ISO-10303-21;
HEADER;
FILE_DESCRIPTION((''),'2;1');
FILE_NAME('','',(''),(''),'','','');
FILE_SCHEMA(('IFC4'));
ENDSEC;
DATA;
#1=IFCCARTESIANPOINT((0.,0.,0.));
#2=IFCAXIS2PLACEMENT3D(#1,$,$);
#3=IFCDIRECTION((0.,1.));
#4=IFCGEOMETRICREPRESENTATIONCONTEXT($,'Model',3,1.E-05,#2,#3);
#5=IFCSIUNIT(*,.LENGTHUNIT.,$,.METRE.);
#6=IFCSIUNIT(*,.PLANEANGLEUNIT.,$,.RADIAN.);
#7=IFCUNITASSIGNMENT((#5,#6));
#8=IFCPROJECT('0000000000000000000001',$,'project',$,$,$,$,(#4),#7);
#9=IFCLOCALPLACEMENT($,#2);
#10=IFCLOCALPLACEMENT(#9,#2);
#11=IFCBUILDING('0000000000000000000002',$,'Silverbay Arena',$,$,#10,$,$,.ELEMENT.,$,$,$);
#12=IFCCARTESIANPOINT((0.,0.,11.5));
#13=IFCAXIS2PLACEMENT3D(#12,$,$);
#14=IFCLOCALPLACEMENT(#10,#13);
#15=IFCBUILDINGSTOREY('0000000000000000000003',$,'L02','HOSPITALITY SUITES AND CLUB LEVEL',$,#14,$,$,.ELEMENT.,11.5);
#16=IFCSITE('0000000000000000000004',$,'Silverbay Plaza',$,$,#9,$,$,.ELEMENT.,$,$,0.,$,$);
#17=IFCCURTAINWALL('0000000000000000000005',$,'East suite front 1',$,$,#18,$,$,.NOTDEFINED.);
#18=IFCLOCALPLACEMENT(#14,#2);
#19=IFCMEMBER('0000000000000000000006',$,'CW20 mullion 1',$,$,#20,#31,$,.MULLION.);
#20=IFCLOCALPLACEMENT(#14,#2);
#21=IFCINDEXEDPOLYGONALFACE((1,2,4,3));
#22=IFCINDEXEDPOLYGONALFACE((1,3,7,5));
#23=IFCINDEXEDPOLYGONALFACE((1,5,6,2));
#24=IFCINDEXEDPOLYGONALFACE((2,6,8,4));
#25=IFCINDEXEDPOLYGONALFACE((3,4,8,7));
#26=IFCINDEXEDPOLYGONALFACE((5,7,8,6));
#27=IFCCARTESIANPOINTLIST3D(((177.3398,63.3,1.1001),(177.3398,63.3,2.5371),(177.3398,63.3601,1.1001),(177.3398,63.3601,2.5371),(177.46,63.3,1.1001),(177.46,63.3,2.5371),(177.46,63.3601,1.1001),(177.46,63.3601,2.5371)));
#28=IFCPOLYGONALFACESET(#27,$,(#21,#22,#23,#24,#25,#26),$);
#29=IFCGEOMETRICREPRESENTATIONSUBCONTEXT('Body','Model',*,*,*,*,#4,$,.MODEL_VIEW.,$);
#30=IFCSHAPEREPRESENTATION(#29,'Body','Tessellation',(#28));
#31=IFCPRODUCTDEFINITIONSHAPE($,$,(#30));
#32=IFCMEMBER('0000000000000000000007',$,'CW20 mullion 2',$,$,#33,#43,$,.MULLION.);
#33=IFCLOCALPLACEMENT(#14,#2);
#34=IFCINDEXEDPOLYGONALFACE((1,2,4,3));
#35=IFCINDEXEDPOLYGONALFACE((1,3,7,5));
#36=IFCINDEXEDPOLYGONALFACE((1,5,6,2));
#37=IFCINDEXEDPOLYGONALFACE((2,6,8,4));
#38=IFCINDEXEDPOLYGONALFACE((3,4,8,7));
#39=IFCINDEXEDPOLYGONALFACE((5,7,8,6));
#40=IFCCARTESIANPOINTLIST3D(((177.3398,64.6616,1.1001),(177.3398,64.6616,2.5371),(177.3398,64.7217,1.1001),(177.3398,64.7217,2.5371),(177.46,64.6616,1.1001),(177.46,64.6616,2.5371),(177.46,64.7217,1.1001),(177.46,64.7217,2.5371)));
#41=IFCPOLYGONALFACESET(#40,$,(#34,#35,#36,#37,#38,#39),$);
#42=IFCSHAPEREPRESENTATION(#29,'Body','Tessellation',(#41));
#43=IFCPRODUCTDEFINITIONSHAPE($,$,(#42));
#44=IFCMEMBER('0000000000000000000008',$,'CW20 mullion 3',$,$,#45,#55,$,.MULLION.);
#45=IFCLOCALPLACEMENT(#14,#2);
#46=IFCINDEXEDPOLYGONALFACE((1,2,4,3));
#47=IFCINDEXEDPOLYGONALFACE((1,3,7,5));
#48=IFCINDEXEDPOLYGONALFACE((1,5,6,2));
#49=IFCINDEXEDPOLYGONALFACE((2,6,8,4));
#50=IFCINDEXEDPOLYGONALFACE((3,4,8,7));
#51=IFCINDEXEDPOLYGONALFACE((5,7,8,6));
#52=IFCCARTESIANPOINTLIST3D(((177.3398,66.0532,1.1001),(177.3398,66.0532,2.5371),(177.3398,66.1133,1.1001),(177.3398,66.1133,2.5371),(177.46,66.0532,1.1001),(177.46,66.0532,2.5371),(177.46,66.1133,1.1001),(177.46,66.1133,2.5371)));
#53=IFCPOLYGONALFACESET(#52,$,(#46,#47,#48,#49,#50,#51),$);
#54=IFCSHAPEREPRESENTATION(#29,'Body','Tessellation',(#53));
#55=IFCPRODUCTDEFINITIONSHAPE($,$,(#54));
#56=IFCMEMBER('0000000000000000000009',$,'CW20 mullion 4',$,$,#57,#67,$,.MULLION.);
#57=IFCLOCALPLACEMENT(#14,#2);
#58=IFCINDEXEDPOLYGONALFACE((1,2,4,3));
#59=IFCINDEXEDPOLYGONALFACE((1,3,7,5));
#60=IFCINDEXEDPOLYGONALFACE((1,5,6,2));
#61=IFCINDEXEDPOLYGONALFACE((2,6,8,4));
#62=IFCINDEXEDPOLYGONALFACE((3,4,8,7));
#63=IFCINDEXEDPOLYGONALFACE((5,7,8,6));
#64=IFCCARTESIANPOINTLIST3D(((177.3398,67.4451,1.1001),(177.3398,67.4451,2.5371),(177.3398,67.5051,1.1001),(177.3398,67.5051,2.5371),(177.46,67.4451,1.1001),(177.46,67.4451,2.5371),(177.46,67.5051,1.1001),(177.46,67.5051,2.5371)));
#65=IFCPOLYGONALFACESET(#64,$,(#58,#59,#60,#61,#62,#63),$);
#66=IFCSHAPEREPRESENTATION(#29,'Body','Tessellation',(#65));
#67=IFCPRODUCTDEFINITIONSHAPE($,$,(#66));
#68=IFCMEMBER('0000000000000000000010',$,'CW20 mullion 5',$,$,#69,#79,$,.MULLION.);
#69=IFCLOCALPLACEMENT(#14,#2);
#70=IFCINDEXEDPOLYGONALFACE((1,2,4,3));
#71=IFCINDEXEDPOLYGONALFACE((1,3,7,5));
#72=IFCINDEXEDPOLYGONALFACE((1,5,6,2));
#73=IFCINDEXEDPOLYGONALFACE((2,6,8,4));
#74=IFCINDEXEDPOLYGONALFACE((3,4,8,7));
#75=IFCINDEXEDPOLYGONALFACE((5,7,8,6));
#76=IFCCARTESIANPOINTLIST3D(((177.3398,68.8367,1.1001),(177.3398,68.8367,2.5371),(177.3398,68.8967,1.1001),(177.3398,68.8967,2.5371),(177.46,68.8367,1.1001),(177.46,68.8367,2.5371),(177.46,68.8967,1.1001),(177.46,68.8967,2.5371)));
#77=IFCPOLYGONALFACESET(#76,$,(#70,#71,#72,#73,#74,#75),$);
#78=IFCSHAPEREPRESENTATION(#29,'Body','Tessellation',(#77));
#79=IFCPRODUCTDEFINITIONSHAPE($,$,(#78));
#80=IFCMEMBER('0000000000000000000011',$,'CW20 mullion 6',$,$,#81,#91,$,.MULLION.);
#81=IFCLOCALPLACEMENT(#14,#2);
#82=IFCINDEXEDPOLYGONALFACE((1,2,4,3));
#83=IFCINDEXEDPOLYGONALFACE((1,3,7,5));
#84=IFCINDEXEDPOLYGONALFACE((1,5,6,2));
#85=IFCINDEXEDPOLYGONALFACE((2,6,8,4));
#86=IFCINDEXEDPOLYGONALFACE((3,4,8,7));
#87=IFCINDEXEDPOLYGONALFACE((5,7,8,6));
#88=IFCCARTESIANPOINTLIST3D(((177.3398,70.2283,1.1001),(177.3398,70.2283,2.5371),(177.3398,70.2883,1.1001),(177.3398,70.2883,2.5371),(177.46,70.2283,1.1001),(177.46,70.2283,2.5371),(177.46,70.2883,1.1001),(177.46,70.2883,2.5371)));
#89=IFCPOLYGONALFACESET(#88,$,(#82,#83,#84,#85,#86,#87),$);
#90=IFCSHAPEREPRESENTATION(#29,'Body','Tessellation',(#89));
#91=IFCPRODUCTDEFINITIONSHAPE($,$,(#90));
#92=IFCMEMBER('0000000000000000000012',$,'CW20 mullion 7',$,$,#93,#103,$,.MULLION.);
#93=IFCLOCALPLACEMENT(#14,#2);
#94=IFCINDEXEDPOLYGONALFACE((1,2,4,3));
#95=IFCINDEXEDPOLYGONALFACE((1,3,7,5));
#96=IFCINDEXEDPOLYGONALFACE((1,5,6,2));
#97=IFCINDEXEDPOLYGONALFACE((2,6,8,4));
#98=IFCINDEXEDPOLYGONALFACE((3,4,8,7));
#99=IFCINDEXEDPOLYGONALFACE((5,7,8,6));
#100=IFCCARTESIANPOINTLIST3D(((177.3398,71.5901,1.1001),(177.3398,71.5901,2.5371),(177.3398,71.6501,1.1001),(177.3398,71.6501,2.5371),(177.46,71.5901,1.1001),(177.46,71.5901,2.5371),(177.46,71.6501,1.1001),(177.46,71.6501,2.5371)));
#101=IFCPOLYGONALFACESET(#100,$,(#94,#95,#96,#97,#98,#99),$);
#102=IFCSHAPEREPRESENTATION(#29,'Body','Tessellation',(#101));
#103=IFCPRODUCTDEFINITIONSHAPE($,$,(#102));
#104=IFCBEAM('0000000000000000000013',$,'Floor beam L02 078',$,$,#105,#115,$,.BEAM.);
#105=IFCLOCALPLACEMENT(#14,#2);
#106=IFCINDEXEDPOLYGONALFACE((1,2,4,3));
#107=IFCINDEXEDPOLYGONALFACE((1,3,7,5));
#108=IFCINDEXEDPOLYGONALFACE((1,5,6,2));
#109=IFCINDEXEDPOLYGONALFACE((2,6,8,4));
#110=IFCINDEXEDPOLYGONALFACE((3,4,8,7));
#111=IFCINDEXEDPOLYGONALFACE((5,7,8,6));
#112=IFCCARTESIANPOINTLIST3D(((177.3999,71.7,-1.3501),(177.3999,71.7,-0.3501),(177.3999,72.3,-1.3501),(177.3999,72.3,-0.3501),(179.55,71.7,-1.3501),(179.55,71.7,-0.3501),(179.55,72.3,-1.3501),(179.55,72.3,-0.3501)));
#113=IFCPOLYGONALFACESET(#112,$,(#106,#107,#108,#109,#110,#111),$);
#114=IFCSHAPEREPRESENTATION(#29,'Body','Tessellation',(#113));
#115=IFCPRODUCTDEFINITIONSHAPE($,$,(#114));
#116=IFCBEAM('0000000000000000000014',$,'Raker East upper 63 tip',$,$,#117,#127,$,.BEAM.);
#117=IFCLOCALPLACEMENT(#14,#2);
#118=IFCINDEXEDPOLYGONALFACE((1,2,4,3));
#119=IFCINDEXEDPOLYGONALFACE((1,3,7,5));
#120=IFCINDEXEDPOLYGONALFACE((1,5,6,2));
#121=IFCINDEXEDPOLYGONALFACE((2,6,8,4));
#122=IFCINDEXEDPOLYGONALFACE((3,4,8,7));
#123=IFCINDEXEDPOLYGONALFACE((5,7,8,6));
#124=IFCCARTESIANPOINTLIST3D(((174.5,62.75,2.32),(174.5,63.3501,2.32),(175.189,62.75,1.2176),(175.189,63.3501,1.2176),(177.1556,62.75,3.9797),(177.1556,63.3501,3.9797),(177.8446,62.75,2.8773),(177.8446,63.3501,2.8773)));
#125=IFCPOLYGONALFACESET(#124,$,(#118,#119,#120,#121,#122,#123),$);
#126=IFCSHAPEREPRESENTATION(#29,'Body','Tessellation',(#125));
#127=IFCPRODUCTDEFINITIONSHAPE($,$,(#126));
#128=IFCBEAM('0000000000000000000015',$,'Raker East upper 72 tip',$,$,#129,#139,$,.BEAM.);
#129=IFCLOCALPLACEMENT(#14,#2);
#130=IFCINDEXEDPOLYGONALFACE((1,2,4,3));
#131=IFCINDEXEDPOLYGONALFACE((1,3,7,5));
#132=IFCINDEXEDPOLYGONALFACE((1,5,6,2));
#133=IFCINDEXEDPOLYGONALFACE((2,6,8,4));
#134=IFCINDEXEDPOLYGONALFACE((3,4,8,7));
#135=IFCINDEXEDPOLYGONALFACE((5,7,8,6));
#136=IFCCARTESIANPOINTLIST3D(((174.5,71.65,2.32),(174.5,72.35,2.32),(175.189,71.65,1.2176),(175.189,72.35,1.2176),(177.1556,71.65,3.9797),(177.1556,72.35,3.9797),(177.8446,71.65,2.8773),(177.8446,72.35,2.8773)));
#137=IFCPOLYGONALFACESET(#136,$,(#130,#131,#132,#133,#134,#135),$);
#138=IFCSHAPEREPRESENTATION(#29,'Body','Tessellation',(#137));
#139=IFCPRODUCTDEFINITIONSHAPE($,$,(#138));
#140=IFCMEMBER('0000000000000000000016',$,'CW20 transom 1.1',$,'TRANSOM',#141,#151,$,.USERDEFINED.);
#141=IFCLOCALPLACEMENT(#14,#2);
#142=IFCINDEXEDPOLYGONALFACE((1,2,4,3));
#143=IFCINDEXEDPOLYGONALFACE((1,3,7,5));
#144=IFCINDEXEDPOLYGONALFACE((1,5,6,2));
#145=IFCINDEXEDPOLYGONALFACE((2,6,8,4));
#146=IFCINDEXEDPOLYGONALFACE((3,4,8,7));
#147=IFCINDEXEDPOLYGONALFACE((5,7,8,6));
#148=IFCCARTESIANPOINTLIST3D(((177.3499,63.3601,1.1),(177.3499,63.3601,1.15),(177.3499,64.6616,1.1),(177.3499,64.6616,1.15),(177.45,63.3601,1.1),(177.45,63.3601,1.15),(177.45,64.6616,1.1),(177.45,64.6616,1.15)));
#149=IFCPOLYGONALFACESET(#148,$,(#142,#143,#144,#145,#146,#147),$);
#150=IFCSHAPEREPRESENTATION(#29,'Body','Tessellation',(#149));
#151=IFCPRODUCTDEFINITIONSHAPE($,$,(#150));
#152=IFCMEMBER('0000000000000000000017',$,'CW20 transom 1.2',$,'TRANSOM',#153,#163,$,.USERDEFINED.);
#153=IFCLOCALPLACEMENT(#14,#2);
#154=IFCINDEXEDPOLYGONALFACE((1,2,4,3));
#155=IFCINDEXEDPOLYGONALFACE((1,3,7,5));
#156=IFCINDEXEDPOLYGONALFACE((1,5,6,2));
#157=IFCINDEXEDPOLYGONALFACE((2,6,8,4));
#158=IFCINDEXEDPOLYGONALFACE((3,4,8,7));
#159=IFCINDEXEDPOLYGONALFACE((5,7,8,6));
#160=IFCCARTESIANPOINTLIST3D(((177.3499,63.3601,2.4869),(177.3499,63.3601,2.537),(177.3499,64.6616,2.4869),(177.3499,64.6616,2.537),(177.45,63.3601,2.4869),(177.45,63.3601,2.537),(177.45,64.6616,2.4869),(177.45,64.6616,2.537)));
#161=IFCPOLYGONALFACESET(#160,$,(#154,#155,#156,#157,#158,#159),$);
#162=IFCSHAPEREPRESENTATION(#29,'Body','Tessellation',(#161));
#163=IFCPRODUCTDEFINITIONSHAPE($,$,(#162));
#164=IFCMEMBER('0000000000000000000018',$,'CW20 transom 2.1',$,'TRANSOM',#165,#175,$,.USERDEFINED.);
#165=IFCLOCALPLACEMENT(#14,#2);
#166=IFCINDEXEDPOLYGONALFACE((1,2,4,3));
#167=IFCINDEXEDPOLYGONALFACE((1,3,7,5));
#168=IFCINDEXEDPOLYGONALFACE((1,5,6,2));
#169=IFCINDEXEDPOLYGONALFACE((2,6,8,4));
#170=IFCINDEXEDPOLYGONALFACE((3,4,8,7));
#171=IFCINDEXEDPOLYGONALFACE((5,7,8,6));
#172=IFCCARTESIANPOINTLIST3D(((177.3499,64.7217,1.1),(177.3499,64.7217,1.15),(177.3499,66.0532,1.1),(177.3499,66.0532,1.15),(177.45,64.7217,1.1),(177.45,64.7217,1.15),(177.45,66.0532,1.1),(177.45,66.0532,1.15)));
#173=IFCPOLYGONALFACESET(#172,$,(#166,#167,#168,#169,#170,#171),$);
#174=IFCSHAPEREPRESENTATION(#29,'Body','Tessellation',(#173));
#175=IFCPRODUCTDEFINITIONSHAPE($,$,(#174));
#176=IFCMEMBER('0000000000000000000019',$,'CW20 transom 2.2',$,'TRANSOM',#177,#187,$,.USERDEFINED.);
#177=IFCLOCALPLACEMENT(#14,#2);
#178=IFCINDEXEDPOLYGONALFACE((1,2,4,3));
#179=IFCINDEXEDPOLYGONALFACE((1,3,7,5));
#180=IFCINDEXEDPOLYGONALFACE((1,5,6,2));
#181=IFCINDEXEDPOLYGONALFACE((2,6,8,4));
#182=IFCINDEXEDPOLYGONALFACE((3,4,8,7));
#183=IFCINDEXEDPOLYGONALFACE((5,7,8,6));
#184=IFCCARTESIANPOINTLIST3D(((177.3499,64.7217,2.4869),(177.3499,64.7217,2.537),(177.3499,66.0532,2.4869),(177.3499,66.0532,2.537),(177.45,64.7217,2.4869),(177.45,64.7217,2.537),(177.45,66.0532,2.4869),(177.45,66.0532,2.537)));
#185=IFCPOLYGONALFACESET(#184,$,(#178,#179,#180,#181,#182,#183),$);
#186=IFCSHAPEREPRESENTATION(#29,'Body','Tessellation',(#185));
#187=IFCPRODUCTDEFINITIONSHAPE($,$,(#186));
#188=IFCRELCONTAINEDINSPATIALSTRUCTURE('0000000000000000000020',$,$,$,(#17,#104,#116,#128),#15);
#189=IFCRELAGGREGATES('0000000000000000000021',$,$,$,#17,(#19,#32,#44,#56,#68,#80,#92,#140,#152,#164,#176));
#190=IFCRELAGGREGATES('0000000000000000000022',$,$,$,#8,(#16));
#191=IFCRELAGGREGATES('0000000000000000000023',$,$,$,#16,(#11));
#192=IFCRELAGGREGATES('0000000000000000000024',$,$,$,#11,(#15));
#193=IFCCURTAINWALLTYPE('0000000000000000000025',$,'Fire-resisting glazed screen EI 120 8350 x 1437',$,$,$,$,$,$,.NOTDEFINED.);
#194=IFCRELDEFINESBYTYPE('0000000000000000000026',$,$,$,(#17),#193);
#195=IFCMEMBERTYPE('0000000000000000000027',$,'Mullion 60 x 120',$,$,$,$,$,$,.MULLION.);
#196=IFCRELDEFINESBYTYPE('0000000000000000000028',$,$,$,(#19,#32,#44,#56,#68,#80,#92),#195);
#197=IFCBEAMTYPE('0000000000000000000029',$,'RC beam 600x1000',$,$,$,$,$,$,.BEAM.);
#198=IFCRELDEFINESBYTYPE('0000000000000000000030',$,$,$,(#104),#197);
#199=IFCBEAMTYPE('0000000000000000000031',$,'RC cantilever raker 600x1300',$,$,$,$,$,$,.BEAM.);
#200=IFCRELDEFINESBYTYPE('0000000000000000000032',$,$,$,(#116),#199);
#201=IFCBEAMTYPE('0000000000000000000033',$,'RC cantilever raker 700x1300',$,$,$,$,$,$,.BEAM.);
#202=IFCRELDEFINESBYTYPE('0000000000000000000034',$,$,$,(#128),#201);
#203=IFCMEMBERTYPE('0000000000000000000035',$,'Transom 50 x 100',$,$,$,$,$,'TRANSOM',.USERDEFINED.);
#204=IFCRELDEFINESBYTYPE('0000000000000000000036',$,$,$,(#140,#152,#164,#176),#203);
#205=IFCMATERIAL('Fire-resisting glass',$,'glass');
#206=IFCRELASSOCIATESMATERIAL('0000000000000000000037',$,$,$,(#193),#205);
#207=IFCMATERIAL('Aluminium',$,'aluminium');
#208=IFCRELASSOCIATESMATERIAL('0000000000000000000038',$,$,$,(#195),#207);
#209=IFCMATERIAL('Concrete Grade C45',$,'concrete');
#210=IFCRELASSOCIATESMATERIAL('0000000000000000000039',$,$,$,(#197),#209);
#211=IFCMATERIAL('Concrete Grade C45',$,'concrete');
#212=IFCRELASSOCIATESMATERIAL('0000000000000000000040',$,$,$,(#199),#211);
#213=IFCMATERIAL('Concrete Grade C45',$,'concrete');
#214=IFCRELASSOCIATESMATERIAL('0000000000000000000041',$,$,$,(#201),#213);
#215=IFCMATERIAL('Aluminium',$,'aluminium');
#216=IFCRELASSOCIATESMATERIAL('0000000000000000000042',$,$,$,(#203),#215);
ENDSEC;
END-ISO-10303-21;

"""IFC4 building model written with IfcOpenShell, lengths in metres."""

from ifc_helpers import new_model, si_unit, direction, frame, origin, origin_2d, place, context, subcontext, project, spatial, rectangle, extrude, material, material_profile, profile_set, type_object, element, aggregate, save


model = new_model("IFC4")

# Units and contexts
model_context = context("Model", 3, precision=1e-05, world=origin(), true_north=direction((0.0, 1.0)))
body_context = subcontext(model_context, "Body", "Model", "MODEL_VIEW")
ifc_project = project(units=[si_unit("LENGTHUNIT", "METRE"), si_unit("PLANEANGLEUNIT", "RADIAN")], contexts=[model_context])

# Site, building, storey
site_placement = place(None, origin())
site = spatial("IfcSite", under=ifc_project, at=site_placement, Name="Silverbay Plaza", CompositionType="ELEMENT", RefElevation=0.0)
building_placement = place(site_placement, origin())
building = spatial("IfcBuilding", under=site, at=building_placement, Name="Silverbay Arena", CompositionType="ELEMENT")
storey_placement = place(building_placement, frame((0.0, 0.0, 11.5)))
storey = spatial("IfcBuildingStorey", under=building, at=storey_placement, Name="L02", Description="HOSPITALITY SUITES AND CLUB LEVEL", CompositionType="ELEMENT", Elevation=11.5)

# Curtain wall, members
ifc_material_1 = material(Name="Fire-resisting glass", Category="glass")
curtain_wall_type = type_object("IfcCurtainWallType", Name="Fire-resisting glazed screen EI 120 8350 x 1437", PredefinedType="NOTDEFINED", material=ifc_material_1)
curtain_wall_placement = place(storey_placement, origin())
curtain_wall = element("IfcCurtainWall", 1, at=curtain_wall_placement, inside=storey, type_object=curtain_wall_type, Name="East suite front 1", PredefinedType="NOTDEFINED")
ifc_material_2 = material(Name="Aluminium", Category="aluminium")
ifc_material_profile_1 = material_profile(ifc_material_2, rectangle(XDim=0.1201, YDim=0.0601, at=origin_2d()), Name="Mullion 60 x 120")
ifc_profile_set_1 = profile_set([ifc_material_profile_1], Name="Aluminium")
member_type_1 = type_object("IfcMemberType", Name="Mullion 60 x 120", PredefinedType="MULLION", material=ifc_profile_set_1)
member_1_placement = place(storey_placement, frame((177.3999, 63.3301, 1.1001), z_axis=(0.0, 0.0, 1.0), x_axis=(-1.0, 0.0, 0.0)))
member_1 = element("IfcMember", 2, at=member_1_placement, type_object=member_type_1, Name="CW20 mullion 1", PredefinedType="MULLION", context=body_context, shape_type="SweptSolid", body=[
    extrude(rectangle(XDim=0.1201, YDim=0.0601, at=origin_2d()), origin(), (0.0, 0.0, 1.0), 1.437),
])
member_2_placement = place(storey_placement, frame((177.3999, 64.6917, 1.1001), z_axis=(0.0, 0.0, 1.0), x_axis=(-1.0, 0.0, 0.0)))
member_2 = element("IfcMember", 3, at=member_2_placement, type_object=member_type_1, Name="CW20 mullion 2", PredefinedType="MULLION", context=body_context, shape_type="SweptSolid", body=[
    extrude(rectangle(XDim=0.1201, YDim=0.0601, at=origin_2d()), origin(), (0.0, 0.0, 1.0), 1.437),
])
member_3_placement = place(storey_placement, frame((177.3999, 66.0833, 1.1001), z_axis=(0.0, 0.0, 1.0), x_axis=(-1.0, 0.0, 0.0)))
member_3 = element("IfcMember", 4, at=member_3_placement, type_object=member_type_1, Name="CW20 mullion 3", PredefinedType="MULLION", context=body_context, shape_type="SweptSolid", body=[
    extrude(rectangle(XDim=0.1201, YDim=0.0601, at=origin_2d()), origin(), (0.0, 0.0, 1.0), 1.437),
])
member_4_placement = place(storey_placement, frame((177.3999, 67.4751, 1.1001), z_axis=(0.0, 0.0, 1.0), x_axis=(-1.0, 0.0, 0.0)))
member_4 = element("IfcMember", 5, at=member_4_placement, type_object=member_type_1, Name="CW20 mullion 4", PredefinedType="MULLION", context=body_context, shape_type="SweptSolid", body=[
    extrude(rectangle(XDim=0.1201, YDim=0.0601, at=origin_2d()), origin(), (0.0, 0.0, 1.0), 1.437),
])
member_5_placement = place(storey_placement, frame((177.3999, 68.8667, 1.1001), z_axis=(0.0, 0.0, 1.0), x_axis=(-1.0, 0.0, 0.0)))
member_5 = element("IfcMember", 6, at=member_5_placement, type_object=member_type_1, Name="CW20 mullion 5", PredefinedType="MULLION", context=body_context, shape_type="SweptSolid", body=[
    extrude(rectangle(XDim=0.1201, YDim=0.0601, at=origin_2d()), origin(), (0.0, 0.0, 1.0), 1.437),
])
member_6_placement = place(storey_placement, frame((177.3999, 70.2583, 1.1001), z_axis=(0.0, 0.0, 1.0), x_axis=(-1.0, 0.0, 0.0)))
member_6 = element("IfcMember", 7, at=member_6_placement, type_object=member_type_1, Name="CW20 mullion 6", PredefinedType="MULLION", context=body_context, shape_type="SweptSolid", body=[
    extrude(rectangle(XDim=0.1201, YDim=0.0601, at=origin_2d()), origin(), (0.0, 0.0, 1.0), 1.437),
])
member_7_placement = place(storey_placement, frame((177.3999, 71.6201, 1.1001), z_axis=(0.0, 0.0, 1.0), x_axis=(-1.0, 0.0, 0.0)))
member_7 = element("IfcMember", 8, at=member_7_placement, type_object=member_type_1, Name="CW20 mullion 7", PredefinedType="MULLION", context=body_context, shape_type="SweptSolid", body=[
    extrude(rectangle(XDim=0.1201, YDim=0.0601, at=origin_2d()), origin(), (0.0, 0.0, 1.0), 1.437),
])

# Beams
ifc_material_3 = material(Name="Concrete Grade C45", Category="concrete")
ifc_material_profile_2 = material_profile(ifc_material_3, rectangle(XDim=0.6001, YDim=1.0, at=origin_2d()), Name="RC 600x1000")
ifc_profile_set_2 = profile_set([ifc_material_profile_2], Name="Concrete Grade C45")
beam_type_1 = type_object("IfcBeamType", Name="RC beam 600x1000", PredefinedType="BEAM", material=ifc_profile_set_2)
beam_1_placement = place(storey_placement, frame((177.3999, 72.0, -0.8501), z_axis=(1.0, 0.0, 0.0), x_axis=(0.0, 1.0, 0.0)))
element("IfcBeam", 9, at=beam_1_placement, inside=storey, type_object=beam_type_1, Name="Floor beam L02 078", PredefinedType="BEAM", context=body_context, shape_type="SweptSolid", body=[
    extrude(rectangle(XDim=0.6001, YDim=1.0, at=origin_2d()), origin(), (0.0, 0.0, 1.0), 2.1501),
])
ifc_material_4 = material(Name="Concrete Grade C45", Category="concrete")
ifc_material_profile_3 = material_profile(ifc_material_4, rectangle(XDim=0.6001, YDim=1.3, at=origin_2d()), Name="RC 600x1300")
ifc_profile_set_3 = profile_set([ifc_material_profile_3], Name="Concrete Grade C45")
beam_type_2 = type_object("IfcBeamType", Name="RC cantilever raker 600x1300", PredefinedType="BEAM", material=ifc_profile_set_3)
beam_2_placement = place(storey_placement, frame((174.8445, 63.05, 1.7688), z_axis=(0.848003, 0.0, 0.529992), x_axis=(0.0, 1.0, 0.0)))
element("IfcBeam", 10, at=beam_2_placement, inside=storey, type_object=beam_type_2, Name="Raker East upper 63 tip", PredefinedType="BEAM", context=body_context, shape_type="SweptSolid", body=[
    extrude(rectangle(XDim=0.6001, YDim=1.3, at=origin_2d()), origin(), (0.0, 0.0, 1.0), 3.1316),
])
ifc_material_5 = material(Name="Concrete Grade C45", Category="concrete")
ifc_material_profile_4 = material_profile(ifc_material_5, rectangle(XDim=0.7, YDim=1.3, at=origin_2d()), Name="RC 700x1300")
ifc_profile_set_4 = profile_set([ifc_material_profile_4], Name="Concrete Grade C45")
beam_type_3 = type_object("IfcBeamType", Name="RC cantilever raker 700x1300", PredefinedType="BEAM", material=ifc_profile_set_4)
beam_3_placement = place(storey_placement, frame((174.8445, 72.0, 1.7688), z_axis=(0.848003, 0.0, 0.529992), x_axis=(0.0, 1.0, 0.0)))
element("IfcBeam", 11, at=beam_3_placement, inside=storey, type_object=beam_type_3, Name="Raker East upper 72 tip", PredefinedType="BEAM", context=body_context, shape_type="SweptSolid", body=[
    extrude(rectangle(XDim=0.7, YDim=1.3, at=origin_2d()), origin(), (0.0, 0.0, 1.0), 3.1316),
])

# Members
ifc_material_6 = material(Name="Aluminium", Category="aluminium")
ifc_material_profile_5 = material_profile(ifc_material_6, rectangle(XDim=0.1001, YDim=0.05, at=origin_2d()), Name="Transom 50 x 100")
ifc_profile_set_5 = profile_set([ifc_material_profile_5], Name="Aluminium")
member_type_2 = type_object("IfcMemberType", Name="Transom 50 x 100", ElementType="TRANSOM", PredefinedType="USERDEFINED", material=ifc_profile_set_5)
member_8_placement = place(storey_placement, frame((177.3999, 63.3601, 1.125), z_axis=(0.0, 1.0, 0.0), x_axis=(-1.0, 0.0, 0.0)))
member_8 = element("IfcMember", 12, at=member_8_placement, type_object=member_type_2, Name="CW20 transom 1.1", ObjectType="TRANSOM", PredefinedType="USERDEFINED", context=body_context, shape_type="SweptSolid", body=[
    extrude(rectangle(XDim=0.1001, YDim=0.05, at=origin_2d()), origin(), (0.0, 0.0, 1.0), 1.3015),
])
member_9_placement = place(storey_placement, frame((177.3999, 63.3601, 2.512), z_axis=(0.0, 1.0, 0.0), x_axis=(-1.0, 0.0, 0.0)))
member_9 = element("IfcMember", 13, at=member_9_placement, type_object=member_type_2, Name="CW20 transom 1.2", ObjectType="TRANSOM", PredefinedType="USERDEFINED", context=body_context, shape_type="SweptSolid", body=[
    extrude(rectangle(XDim=0.1001, YDim=0.05, at=origin_2d()), origin(), (0.0, 0.0, 1.0), 1.3015),
])
member_10_placement = place(storey_placement, frame((177.3999, 64.7217, 1.125), z_axis=(0.0, 1.0, 0.0), x_axis=(-1.0, 0.0, 0.0)))
member_10 = element("IfcMember", 14, at=member_10_placement, type_object=member_type_2, Name="CW20 transom 2.1", ObjectType="TRANSOM", PredefinedType="USERDEFINED", context=body_context, shape_type="SweptSolid", body=[
    extrude(rectangle(XDim=0.1001, YDim=0.05, at=origin_2d()), origin(), (0.0, 0.0, 1.0), 1.3315),
])
member_11_placement = place(storey_placement, frame((177.3999, 64.7217, 2.512), z_axis=(0.0, 1.0, 0.0), x_axis=(-1.0, 0.0, 0.0)))
member_11 = element("IfcMember", 15, at=member_11_placement, type_object=member_type_2, Name="CW20 transom 2.2", ObjectType="TRANSOM", PredefinedType="USERDEFINED", context=body_context, shape_type="SweptSolid", body=[
    extrude(rectangle(XDim=0.1001, YDim=0.05, at=origin_2d()), origin(), (0.0, 0.0, 1.0), 1.3315),
])

aggregate(curtain_wall, [member_1, member_2, member_3, member_4, member_5, member_6, member_7, member_8, member_9, member_10, member_11])

save(model, "model.ifc")
